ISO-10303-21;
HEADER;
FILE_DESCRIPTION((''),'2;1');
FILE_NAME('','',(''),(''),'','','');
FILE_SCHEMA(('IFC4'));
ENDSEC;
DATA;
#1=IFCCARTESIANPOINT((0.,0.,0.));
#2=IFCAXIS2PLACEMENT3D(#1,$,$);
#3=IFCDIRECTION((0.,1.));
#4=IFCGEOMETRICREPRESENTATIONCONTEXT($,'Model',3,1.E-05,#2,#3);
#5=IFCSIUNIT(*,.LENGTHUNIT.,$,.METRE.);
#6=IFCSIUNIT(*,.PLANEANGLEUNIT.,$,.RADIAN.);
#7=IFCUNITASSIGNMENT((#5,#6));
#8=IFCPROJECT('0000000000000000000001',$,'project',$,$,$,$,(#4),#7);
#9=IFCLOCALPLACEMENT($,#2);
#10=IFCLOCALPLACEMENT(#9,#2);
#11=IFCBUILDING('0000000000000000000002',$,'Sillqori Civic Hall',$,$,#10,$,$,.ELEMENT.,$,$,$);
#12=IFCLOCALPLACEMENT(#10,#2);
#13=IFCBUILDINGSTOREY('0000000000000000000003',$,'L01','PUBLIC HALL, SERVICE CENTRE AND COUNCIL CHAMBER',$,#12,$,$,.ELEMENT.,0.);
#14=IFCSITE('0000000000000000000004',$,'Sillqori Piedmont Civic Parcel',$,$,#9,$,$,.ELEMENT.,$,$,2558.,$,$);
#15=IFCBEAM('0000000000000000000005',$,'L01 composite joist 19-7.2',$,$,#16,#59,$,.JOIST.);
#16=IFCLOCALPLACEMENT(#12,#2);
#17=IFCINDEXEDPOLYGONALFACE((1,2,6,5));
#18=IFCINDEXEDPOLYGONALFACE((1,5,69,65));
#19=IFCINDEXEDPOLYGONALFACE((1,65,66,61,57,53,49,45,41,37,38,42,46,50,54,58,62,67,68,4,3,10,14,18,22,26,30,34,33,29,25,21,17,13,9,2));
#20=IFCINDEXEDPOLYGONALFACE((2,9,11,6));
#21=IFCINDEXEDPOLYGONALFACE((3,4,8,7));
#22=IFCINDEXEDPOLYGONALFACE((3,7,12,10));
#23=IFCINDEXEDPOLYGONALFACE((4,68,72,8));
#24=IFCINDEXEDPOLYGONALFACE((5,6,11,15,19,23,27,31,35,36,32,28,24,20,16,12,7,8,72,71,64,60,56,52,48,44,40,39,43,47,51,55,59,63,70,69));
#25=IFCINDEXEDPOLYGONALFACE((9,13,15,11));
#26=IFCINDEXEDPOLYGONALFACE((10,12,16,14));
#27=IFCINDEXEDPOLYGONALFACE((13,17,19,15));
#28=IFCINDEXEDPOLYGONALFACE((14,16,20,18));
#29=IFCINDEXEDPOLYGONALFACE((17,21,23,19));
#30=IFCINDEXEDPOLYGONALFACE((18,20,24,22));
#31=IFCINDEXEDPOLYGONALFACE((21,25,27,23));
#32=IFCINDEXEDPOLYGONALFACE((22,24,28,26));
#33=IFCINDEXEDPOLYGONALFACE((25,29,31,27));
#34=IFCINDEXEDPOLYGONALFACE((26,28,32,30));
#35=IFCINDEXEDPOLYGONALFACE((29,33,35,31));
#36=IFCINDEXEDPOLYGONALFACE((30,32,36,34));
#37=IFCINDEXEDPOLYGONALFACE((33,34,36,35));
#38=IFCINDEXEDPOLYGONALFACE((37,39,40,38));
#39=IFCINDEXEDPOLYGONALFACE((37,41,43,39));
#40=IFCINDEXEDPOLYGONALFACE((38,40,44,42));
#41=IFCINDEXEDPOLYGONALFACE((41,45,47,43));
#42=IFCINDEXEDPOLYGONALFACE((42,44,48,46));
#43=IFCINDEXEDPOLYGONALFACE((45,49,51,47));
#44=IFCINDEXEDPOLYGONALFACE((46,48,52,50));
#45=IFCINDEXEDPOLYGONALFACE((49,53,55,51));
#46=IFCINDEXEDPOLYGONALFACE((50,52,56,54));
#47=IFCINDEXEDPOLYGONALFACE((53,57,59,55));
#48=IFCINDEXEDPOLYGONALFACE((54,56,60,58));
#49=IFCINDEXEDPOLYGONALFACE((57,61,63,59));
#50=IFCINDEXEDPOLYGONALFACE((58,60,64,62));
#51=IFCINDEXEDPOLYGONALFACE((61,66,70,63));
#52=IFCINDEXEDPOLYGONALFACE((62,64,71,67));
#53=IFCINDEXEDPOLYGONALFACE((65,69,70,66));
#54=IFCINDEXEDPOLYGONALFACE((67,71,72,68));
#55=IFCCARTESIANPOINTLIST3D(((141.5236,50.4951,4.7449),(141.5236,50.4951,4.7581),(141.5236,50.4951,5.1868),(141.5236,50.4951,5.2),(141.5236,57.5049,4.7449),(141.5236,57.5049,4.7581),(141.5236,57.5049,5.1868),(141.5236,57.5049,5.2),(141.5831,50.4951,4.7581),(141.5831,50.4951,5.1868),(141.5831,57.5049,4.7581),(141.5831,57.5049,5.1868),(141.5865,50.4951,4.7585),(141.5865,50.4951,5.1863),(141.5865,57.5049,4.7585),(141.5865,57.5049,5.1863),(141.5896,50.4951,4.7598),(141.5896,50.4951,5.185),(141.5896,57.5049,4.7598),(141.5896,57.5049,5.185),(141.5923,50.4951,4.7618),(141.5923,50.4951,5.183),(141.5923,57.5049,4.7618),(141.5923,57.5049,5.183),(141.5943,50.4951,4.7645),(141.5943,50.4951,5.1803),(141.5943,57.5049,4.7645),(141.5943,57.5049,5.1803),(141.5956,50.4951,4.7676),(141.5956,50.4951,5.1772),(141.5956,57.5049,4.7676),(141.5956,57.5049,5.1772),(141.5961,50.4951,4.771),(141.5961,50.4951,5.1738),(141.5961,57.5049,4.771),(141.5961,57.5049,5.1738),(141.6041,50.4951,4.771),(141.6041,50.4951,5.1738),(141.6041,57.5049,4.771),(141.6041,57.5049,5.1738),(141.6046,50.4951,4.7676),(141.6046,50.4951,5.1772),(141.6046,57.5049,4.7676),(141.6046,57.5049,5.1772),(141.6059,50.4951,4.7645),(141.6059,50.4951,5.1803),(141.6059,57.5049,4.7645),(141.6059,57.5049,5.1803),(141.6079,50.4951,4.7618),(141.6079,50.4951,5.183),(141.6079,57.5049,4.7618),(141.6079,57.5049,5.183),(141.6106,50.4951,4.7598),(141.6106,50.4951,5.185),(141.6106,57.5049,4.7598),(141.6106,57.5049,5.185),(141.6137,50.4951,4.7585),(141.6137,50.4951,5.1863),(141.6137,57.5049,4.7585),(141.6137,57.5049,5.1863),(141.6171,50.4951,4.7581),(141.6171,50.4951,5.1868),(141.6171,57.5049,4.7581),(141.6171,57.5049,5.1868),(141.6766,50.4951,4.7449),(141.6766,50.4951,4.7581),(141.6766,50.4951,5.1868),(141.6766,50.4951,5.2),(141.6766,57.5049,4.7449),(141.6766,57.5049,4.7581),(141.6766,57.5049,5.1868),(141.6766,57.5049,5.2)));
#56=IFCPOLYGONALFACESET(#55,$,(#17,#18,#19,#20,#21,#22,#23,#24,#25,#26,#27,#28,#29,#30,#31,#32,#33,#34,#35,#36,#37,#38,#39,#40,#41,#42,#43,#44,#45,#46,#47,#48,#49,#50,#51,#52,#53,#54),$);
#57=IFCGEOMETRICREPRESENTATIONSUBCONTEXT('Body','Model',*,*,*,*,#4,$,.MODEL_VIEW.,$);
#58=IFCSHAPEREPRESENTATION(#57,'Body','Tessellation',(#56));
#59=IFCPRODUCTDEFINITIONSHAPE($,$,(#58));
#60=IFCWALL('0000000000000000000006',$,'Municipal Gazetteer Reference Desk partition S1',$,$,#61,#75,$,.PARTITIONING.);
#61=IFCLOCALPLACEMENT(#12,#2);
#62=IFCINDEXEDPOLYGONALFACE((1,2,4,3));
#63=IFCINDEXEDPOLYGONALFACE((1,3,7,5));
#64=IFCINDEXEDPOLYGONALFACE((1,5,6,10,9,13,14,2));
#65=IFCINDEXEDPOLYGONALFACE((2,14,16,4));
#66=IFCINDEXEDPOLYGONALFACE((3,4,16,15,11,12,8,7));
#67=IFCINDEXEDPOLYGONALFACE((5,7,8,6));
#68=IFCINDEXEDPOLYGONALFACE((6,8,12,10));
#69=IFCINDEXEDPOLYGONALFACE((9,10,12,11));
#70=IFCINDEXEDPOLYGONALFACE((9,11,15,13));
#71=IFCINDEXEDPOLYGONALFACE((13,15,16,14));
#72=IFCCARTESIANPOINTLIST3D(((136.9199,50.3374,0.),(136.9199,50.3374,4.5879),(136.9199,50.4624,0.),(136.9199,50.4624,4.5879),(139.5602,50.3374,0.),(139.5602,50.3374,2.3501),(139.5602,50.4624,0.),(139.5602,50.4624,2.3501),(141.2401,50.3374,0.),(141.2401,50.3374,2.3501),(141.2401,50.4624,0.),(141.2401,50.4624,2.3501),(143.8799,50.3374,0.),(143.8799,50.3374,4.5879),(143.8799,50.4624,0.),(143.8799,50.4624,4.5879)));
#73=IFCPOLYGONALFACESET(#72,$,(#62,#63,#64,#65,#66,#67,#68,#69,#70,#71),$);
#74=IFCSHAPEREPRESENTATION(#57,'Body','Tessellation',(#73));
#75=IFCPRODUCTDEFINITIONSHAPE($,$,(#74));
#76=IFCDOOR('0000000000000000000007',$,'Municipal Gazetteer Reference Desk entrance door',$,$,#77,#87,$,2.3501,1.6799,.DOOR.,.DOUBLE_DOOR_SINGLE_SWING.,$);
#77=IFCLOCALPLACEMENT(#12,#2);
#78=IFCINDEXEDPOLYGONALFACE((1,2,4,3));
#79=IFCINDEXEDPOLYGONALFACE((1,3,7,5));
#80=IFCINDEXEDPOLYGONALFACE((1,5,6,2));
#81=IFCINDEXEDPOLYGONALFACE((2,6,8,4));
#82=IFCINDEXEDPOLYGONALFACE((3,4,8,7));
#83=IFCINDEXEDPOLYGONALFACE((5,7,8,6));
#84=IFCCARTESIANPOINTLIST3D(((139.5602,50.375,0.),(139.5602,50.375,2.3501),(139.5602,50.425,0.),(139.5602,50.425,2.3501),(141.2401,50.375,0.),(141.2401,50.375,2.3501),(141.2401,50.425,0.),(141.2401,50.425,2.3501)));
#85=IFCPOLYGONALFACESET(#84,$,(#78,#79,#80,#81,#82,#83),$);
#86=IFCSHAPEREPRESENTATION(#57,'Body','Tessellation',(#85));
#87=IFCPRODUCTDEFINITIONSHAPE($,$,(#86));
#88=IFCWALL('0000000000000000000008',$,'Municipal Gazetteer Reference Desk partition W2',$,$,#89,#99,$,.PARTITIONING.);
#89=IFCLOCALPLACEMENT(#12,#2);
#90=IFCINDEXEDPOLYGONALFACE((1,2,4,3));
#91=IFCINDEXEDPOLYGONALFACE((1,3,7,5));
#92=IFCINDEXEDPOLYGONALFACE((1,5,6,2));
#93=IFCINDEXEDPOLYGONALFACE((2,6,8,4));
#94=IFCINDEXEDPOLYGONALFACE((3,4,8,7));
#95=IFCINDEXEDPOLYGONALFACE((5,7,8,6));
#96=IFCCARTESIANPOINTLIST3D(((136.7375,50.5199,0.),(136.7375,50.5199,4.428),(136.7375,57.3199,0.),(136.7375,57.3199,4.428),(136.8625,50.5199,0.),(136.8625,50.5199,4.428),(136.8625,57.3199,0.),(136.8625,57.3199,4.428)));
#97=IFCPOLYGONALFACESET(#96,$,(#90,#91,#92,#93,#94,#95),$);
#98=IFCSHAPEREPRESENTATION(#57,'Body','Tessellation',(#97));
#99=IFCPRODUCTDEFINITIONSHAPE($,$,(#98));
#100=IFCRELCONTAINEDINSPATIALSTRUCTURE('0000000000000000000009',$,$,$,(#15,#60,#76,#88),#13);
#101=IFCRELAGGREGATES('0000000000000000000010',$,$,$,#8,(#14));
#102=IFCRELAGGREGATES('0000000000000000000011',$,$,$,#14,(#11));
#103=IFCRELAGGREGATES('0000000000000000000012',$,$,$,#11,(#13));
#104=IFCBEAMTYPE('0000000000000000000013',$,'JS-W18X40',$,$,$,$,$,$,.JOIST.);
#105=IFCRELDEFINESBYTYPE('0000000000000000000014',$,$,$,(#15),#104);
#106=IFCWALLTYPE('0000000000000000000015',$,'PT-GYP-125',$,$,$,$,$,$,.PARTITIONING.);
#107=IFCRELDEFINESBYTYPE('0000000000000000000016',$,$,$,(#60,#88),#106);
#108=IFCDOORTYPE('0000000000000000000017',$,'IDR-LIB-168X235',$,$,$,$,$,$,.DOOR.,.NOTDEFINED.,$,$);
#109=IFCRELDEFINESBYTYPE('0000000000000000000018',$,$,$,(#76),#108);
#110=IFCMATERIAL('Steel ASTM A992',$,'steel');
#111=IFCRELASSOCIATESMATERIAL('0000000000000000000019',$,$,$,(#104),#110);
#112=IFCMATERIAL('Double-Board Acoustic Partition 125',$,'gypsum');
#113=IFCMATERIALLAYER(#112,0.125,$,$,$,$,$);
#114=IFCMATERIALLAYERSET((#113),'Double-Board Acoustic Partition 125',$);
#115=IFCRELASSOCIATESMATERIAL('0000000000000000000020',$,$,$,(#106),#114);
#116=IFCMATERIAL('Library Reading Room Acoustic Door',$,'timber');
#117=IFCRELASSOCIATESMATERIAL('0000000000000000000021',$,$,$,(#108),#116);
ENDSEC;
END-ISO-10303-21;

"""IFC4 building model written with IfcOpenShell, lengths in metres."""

from ifc_helpers import new_model, si_unit, direction, frame, frame_2d, origin, origin_2d, place, context, subcontext, project, spatial, rectangle, i_section, extrude, material, layer, layer_set, material_profile, profile_set, type_object, element, fill, save


model = new_model("IFC4")

# Units and contexts
model_context = context("Model", 3, precision=1e-05, world=origin(), true_north=direction((0.0, 1.0)))
body_context = subcontext(model_context, "Body", "Model", "MODEL_VIEW")
ifc_project = project(units=[si_unit("LENGTHUNIT", "METRE"), si_unit("PLANEANGLEUNIT", "RADIAN")], contexts=[model_context])

# Site, building, storey
site_placement = place(None, origin())
site = spatial("IfcSite", under=ifc_project, at=site_placement, Name="Sillqori Piedmont Civic Parcel", CompositionType="ELEMENT", RefElevation=2558.0)
building_placement = place(site_placement, origin())
building = spatial("IfcBuilding", under=site, at=building_placement, Name="Sillqori Civic Hall", CompositionType="ELEMENT")
storey_placement = place(building_placement, origin())
storey = spatial("IfcBuildingStorey", under=building, at=storey_placement, Name="L01", Description="PUBLIC HALL, SERVICE CENTRE AND COUNCIL CHAMBER", CompositionType="ELEMENT", Elevation=0.0)

# Shared definitions
ifc_material_1 = material(Name="Steel ASTM A992", Category="steel")

# Beam
ifc_material_profile_1 = material_profile(ifc_material_1, i_section(OverallWidth=0.1531, OverallDepth=0.4551, WebThickness=0.0081, FlangeThickness=0.0132, FilletRadius=0.0129, at=origin_2d()), Name="W18X40")
ifc_profile_set_1 = profile_set([ifc_material_profile_1], Name="Steel ASTM A992")
beam_type_1 = type_object("IfcBeamType", Name="JS-W18X40", PredefinedType="JOIST", material=ifc_profile_set_1)
for number, where, z_axis, x_axis, name in (
    (1, (141.6001, 50.4951, 4.9724), (0.0, 1.0, 0.0), (-1.0, 0.0, 0.0), "L01 composite joist 19-7.2"),
):
    element("IfcBeam", number, at=place(storey_placement, frame(where, z_axis=z_axis, x_axis=x_axis)), inside=storey, type_object=beam_type_1, Name=name, PredefinedType="JOIST", context=body_context, shape_type="SweptSolid", body=[
        extrude(i_section(OverallWidth=0.1531, OverallDepth=0.4551, WebThickness=0.0081, FlangeThickness=0.0132, FilletRadius=0.0129, at=origin_2d()), origin(), (0.0, 0.0, 1.0), 7.0098),
    ])

# Wall, opening, door
ifc_material_2 = material(Name="Double-Board Acoustic Partition 125", Category="gypsum")
ifc_layer_1 = layer(ifc_material_2, 0.125)
ifc_layer_set_1 = layer_set([ifc_layer_1], Name="Double-Board Acoustic Partition 125")
wall_type = type_object("IfcWallType", Name="PT-GYP-125", PredefinedType="PARTITIONING", material=ifc_layer_set_1)
wall_1_placement = place(storey_placement, frame((143.8799, 50.3999, 0.0), z_axis=(0.0, 0.0, 1.0), x_axis=(-1.0, 0.0, 0.0)))
wall_1 = element("IfcWall", 2, at=wall_1_placement, inside=storey, type_object=wall_type, Name="Municipal Gazetteer Reference Desk partition S1", PredefinedType="PARTITIONING", context=body_context, shape_type="SweptSolid", body=[
    extrude(rectangle(XDim=6.96, YDim=0.125, at=frame_2d((3.48, 0.0))), origin(), (0.0, 0.0, 1.0), 4.5879),
])
opening_placement = place(wall_1_placement, frame((2.6399, 0.0, 0.0)))
opening = element("IfcOpeningElement", 3, at=opening_placement, cuts=wall_1, PredefinedType="OPENING", context=body_context, shape_type="SweptSolid", body=[
    extrude(rectangle(XDim=1.6799, YDim=2.3501, at=frame_2d((0.8398, 1.175))), frame((0.0, 0.0725, 0.0), z_axis=(0.0, -1.0, 0.0), x_axis=(1.0, 0.0, 0.0)), (0.0, 0.0, 1.0), 0.145),
])
ifc_material_3 = material(Name="Library Reading Room Acoustic Door", Category="timber")
door_type = type_object("IfcDoorType", Name="IDR-LIB-168X235", OperationType="NOTDEFINED", PredefinedType="DOOR", material=ifc_material_3)
door_placement = place(opening_placement, origin())
door = element("IfcDoor", 4, at=door_placement, inside=storey, type_object=door_type, Name="Municipal Gazetteer Reference Desk entrance door", OperationType="DOUBLE_DOOR_SINGLE_SWING", OverallHeight=2.3501, OverallWidth=1.6799, PredefinedType="DOOR", context=body_context, shape_type="SweptSolid", body=[
    extrude(rectangle(XDim=1.6799, YDim=2.3501, at=frame_2d((0.8398, 1.175))), frame((0.0, 0.0249, 0.0), z_axis=(0.0, -1.0, 0.0), x_axis=(1.0, 0.0, 0.0)), (0.0, 0.0, 1.0), 0.05),
])
fill(opening, door)

# Wall
wall_2_placement = place(storey_placement, frame((136.8, 50.52, 0.0), z_axis=(0.0, 0.0, 1.0), x_axis=(0.0, 1.0, 0.0)))
element("IfcWall", 5, at=wall_2_placement, inside=storey, type_object=wall_type, Name="Municipal Gazetteer Reference Desk partition W2", PredefinedType="PARTITIONING", context=body_context, shape_type="SweptSolid", body=[
    extrude(rectangle(XDim=6.8, YDim=0.125, at=frame_2d((3.3999, 0.0))), origin(), (0.0, 0.0, 1.0), 4.428),
])

save(model, "model.ifc")
